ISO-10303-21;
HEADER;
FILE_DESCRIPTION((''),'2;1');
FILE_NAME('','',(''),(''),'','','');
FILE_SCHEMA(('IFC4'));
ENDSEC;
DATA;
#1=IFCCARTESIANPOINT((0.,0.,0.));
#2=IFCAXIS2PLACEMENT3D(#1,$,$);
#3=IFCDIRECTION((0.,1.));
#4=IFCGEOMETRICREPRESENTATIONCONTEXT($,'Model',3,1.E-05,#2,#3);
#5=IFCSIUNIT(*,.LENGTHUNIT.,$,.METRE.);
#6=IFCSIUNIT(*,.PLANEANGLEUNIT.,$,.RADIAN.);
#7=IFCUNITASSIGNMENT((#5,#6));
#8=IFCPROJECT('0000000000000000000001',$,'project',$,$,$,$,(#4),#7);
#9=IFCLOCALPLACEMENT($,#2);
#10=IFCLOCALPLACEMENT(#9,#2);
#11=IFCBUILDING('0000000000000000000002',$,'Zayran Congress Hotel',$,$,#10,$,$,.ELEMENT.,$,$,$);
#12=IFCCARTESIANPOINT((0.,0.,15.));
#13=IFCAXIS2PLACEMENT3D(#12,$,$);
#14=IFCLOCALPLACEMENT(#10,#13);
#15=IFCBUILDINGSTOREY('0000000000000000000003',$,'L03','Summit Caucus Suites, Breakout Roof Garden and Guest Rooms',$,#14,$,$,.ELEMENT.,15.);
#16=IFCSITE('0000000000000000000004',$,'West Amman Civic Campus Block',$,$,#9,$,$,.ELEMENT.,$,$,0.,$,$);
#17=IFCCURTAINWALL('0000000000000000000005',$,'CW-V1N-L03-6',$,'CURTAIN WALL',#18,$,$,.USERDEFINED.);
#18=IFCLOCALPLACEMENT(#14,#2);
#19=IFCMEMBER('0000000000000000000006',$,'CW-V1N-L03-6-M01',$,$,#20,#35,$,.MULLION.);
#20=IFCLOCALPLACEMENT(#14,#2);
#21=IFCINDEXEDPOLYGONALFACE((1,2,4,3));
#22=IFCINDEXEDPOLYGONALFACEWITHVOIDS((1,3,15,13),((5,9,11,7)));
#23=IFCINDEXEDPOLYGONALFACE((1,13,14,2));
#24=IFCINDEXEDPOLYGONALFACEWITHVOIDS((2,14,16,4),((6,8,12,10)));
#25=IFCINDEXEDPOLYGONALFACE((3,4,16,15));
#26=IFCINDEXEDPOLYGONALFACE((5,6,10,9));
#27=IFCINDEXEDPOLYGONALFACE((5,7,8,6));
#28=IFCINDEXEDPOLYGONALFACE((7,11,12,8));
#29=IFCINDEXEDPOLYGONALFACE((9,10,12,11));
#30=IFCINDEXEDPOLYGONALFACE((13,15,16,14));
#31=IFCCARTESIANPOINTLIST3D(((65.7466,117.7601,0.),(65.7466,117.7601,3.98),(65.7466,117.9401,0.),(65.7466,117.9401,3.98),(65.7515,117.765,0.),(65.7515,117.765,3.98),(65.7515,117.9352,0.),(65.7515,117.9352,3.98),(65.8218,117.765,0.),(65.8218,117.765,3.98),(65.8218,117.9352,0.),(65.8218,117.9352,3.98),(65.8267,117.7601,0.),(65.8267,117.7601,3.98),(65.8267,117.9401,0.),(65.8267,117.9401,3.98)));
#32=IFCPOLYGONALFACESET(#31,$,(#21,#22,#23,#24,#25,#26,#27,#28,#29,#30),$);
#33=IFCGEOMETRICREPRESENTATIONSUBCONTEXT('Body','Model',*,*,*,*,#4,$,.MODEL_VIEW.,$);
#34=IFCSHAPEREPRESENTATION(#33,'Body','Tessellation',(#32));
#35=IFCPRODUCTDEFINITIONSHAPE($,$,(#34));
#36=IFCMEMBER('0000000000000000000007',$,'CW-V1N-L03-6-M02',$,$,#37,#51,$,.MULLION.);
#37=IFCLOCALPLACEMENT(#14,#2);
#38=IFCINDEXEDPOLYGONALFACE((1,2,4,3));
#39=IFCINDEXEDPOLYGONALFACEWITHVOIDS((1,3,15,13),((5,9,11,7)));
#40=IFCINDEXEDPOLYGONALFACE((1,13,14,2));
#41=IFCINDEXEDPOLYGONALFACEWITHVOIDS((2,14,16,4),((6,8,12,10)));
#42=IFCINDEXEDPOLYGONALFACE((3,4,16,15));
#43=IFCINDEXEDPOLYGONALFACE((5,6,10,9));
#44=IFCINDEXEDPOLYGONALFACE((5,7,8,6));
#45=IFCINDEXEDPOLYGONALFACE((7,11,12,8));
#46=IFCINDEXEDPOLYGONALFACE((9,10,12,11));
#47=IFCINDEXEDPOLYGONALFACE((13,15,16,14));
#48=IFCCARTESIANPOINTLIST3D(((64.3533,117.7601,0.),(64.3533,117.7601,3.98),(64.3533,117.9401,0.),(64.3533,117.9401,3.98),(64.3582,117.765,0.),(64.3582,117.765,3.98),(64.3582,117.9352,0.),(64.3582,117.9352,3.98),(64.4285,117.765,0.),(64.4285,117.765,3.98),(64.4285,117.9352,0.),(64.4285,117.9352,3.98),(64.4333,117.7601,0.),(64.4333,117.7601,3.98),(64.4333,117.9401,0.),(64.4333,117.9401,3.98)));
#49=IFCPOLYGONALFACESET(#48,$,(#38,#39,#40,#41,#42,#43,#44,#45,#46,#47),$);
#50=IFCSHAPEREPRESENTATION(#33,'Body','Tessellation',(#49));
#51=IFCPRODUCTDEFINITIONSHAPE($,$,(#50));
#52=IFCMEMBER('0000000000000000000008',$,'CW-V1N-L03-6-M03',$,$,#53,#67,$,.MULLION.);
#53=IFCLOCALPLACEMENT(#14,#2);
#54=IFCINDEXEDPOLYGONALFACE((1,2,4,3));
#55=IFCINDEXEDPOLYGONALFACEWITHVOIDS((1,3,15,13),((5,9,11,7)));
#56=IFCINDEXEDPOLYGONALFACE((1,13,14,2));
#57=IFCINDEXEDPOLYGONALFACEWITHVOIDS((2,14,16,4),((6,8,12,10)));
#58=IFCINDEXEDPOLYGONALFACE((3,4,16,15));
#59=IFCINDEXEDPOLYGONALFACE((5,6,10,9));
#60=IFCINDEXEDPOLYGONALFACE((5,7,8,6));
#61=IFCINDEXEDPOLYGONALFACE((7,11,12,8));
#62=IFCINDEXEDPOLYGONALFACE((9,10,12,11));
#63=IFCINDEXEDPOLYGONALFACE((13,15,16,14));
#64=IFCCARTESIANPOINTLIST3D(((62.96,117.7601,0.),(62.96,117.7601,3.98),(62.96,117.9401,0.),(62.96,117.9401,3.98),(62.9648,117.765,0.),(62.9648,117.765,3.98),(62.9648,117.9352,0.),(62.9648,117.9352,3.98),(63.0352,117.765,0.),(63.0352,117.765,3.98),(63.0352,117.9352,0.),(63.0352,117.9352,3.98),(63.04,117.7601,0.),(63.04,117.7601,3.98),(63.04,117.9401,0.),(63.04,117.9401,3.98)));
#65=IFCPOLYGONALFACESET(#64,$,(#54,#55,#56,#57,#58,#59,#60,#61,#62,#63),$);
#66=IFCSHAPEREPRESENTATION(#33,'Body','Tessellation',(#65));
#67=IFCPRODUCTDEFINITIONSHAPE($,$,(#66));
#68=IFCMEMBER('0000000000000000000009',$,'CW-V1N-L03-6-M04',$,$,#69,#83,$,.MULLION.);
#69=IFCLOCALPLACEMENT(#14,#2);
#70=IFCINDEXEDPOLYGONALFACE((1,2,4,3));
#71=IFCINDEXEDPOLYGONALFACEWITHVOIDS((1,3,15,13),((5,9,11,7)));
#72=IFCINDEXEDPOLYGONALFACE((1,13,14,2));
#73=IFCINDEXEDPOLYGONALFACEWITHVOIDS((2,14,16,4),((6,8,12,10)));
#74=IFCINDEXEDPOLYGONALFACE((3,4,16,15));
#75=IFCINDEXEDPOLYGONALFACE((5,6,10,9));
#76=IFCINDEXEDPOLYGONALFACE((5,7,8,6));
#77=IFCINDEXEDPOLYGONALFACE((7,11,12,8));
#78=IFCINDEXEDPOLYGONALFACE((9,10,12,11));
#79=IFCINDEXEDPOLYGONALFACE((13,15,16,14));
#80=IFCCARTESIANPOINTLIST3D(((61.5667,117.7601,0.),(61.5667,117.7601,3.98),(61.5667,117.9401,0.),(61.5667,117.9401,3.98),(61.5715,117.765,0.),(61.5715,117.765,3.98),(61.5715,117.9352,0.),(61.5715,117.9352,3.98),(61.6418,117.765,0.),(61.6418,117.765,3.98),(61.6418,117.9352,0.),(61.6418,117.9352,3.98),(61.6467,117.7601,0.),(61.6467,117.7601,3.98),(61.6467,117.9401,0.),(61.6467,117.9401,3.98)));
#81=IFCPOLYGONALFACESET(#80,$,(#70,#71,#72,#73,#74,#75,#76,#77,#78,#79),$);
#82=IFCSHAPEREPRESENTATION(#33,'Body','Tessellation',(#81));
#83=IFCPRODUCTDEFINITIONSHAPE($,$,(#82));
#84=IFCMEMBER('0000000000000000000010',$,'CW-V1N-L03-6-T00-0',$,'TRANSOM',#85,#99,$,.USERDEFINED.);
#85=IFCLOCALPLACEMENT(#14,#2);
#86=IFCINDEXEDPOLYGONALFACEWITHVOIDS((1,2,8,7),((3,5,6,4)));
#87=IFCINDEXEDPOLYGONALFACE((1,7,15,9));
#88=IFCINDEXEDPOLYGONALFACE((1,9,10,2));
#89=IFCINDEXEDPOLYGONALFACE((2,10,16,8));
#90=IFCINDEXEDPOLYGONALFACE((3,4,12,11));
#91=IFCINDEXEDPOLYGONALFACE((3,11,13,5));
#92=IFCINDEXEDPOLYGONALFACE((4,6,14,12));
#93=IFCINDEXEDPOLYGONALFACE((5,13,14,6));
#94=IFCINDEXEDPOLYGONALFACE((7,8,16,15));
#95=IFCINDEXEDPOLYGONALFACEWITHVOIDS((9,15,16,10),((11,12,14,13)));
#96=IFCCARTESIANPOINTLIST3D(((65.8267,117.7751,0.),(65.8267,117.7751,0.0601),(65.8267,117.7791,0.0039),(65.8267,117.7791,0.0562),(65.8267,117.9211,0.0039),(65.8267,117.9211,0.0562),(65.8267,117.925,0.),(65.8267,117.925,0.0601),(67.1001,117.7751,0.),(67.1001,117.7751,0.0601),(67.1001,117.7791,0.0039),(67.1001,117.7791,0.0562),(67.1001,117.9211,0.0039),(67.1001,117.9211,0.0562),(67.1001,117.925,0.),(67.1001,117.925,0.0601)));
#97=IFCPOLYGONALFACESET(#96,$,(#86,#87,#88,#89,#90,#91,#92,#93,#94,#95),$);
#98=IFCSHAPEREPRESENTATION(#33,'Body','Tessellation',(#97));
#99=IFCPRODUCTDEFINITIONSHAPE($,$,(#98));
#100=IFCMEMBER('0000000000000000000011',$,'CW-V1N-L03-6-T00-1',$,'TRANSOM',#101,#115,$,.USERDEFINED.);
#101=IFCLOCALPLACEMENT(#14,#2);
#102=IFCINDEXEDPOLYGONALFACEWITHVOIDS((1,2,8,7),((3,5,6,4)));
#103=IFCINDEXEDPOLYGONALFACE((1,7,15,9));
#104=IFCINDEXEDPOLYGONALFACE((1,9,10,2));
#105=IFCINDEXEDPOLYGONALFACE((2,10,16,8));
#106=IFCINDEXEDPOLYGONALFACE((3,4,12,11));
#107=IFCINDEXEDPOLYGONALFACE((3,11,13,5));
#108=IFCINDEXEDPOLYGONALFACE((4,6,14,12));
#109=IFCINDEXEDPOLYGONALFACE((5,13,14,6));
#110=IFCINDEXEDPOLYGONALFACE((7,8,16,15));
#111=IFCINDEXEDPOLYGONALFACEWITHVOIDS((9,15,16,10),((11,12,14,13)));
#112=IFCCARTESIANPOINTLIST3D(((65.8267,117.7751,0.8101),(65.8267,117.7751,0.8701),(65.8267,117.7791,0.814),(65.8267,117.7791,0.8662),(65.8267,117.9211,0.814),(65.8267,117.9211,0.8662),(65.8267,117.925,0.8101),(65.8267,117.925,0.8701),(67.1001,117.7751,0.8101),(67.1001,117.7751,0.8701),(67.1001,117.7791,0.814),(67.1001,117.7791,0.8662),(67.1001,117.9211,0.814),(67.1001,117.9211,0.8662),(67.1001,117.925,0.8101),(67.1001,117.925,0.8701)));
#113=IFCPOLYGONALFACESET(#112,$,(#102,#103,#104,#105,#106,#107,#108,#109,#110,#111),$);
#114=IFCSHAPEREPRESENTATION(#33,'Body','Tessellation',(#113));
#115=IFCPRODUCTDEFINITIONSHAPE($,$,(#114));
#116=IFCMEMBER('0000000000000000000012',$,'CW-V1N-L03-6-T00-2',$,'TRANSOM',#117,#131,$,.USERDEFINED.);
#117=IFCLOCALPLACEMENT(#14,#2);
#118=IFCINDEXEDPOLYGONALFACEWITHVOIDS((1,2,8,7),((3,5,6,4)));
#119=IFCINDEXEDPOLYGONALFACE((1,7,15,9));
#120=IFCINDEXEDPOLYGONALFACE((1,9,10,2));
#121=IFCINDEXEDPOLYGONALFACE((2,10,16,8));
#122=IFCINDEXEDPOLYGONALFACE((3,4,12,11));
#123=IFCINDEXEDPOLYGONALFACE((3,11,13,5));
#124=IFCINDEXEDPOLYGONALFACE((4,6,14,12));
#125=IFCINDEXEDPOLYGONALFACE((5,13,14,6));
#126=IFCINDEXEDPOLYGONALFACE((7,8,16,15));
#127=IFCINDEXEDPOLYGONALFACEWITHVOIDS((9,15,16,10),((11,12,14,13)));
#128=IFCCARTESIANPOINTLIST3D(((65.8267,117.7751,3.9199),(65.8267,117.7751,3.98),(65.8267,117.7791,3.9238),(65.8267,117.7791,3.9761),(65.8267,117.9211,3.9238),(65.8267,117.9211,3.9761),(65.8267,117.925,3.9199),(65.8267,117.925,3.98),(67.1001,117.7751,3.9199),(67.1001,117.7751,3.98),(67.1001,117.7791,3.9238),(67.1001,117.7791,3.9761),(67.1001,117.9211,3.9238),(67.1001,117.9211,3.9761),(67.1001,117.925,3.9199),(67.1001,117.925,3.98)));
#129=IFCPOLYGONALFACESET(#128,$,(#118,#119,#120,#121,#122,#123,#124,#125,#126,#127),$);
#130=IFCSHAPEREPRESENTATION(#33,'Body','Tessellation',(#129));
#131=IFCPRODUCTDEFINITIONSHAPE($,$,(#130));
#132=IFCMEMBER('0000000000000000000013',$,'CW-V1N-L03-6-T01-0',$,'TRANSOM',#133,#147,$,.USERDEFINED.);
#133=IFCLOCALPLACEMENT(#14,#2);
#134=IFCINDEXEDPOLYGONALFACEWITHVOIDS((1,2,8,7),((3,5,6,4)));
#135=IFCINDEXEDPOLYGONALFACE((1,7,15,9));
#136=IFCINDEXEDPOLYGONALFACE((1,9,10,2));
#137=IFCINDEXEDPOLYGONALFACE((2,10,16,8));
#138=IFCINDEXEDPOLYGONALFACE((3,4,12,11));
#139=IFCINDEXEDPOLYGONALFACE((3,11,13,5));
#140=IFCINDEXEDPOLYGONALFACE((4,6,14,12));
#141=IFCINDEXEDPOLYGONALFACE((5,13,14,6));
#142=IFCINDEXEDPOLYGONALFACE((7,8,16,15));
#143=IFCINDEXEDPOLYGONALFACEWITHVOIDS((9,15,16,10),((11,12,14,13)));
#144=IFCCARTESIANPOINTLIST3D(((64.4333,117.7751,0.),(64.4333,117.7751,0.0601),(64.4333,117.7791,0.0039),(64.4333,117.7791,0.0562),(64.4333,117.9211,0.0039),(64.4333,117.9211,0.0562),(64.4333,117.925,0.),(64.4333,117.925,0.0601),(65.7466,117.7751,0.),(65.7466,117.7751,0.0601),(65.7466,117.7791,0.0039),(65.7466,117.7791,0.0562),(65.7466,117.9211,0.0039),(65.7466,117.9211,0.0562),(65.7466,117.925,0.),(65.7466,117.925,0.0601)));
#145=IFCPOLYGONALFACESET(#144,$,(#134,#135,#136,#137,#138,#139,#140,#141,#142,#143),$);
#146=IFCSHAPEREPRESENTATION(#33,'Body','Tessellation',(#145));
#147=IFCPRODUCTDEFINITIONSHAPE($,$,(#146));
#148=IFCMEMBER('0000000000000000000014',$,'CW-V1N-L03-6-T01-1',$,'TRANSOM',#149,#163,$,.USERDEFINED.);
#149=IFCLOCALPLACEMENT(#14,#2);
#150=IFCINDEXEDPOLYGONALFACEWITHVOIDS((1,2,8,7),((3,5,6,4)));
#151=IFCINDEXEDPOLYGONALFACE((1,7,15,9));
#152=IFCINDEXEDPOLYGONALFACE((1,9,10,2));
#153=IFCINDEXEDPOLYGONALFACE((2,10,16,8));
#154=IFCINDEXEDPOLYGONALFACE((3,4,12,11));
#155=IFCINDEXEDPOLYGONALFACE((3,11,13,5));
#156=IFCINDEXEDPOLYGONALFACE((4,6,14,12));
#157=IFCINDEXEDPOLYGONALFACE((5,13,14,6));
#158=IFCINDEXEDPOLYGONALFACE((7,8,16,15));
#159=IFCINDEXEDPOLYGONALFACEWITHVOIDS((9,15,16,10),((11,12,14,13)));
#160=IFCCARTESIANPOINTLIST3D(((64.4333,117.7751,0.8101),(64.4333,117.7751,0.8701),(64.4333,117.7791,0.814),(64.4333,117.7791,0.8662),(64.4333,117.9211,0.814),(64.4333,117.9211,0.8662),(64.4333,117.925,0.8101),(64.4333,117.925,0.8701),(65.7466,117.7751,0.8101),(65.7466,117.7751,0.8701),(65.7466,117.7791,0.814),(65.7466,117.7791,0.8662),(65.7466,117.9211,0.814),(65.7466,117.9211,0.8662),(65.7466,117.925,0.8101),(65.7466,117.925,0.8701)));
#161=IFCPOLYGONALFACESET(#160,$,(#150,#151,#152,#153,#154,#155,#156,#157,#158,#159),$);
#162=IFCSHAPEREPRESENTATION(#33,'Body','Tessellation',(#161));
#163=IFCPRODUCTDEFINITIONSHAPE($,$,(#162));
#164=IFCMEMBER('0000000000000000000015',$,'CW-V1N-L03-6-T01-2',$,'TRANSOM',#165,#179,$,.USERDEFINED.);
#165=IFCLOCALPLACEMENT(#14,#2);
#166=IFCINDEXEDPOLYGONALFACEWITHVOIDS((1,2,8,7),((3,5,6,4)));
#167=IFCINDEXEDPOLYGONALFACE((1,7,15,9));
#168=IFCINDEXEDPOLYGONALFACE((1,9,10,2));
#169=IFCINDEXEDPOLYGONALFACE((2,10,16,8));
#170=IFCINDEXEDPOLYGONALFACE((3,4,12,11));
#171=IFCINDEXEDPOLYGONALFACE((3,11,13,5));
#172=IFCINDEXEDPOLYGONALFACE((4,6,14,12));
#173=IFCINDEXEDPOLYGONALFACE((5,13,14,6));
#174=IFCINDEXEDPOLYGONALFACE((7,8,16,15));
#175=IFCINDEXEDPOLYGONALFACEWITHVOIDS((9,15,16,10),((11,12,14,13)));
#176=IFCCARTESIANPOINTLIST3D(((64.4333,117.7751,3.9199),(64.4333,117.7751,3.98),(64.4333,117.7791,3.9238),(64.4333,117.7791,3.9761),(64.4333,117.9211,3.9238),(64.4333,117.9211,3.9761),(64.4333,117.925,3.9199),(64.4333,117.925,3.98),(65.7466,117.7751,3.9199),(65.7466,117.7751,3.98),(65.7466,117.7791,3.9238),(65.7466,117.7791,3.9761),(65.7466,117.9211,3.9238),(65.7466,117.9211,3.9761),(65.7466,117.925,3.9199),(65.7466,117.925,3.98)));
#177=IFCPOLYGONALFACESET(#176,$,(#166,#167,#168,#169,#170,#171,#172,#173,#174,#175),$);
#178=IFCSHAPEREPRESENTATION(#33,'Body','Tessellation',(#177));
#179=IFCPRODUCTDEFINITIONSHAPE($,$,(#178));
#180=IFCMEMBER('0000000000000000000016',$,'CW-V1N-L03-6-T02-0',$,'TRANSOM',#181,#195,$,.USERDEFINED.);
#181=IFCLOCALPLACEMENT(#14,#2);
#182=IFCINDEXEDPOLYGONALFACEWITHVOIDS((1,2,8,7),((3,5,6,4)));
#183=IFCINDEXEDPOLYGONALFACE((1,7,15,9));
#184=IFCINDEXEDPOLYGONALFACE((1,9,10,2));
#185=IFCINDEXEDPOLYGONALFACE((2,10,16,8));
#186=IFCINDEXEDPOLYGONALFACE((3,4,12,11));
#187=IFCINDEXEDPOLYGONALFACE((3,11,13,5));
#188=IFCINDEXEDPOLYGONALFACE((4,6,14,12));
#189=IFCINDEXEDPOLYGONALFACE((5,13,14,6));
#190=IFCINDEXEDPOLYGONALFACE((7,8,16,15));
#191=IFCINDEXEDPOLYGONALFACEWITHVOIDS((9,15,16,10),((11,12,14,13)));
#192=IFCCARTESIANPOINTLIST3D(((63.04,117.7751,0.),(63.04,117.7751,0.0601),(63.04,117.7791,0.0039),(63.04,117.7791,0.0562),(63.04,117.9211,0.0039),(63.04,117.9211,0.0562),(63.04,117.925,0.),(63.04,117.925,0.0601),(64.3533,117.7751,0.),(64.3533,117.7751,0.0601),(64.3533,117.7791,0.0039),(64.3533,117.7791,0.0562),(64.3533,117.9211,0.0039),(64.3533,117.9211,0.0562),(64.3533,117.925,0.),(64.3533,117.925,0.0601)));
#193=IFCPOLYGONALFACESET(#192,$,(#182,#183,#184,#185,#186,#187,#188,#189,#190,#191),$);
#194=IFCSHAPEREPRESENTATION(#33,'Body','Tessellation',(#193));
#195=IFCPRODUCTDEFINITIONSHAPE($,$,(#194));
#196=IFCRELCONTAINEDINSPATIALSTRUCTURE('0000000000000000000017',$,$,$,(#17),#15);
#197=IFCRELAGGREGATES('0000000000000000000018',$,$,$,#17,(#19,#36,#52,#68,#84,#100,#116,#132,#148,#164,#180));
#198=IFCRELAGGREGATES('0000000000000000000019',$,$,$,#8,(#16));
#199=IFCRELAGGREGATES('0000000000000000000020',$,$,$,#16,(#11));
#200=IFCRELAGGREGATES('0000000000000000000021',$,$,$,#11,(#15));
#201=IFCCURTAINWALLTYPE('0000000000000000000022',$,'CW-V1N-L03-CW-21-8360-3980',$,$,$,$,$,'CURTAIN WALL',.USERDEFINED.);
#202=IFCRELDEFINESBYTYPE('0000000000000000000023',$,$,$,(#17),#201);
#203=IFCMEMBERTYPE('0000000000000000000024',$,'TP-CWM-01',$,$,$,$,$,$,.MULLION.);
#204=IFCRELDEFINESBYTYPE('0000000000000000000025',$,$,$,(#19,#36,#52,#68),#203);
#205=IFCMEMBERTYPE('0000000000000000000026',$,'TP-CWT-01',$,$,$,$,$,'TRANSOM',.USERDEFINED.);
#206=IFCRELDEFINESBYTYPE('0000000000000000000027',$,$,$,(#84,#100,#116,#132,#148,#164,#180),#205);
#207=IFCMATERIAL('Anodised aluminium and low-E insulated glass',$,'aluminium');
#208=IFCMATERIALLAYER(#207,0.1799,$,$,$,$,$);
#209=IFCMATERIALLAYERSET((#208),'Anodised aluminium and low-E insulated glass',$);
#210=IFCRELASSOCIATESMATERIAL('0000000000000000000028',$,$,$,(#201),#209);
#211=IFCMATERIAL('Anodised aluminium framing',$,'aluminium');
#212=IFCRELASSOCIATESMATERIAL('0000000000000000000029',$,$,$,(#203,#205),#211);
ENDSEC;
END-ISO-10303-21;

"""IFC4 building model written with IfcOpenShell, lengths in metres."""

from ifc_helpers import new_model, si_unit, direction, frame, origin, origin_2d, place, context, subcontext, project, spatial, hollow_rectangle, extrude, material, layer, layer_set, material_profile, profile_set, type_object, element, aggregate, save


model = new_model("IFC4")

# Units and contexts
model_context = context("Model", 3, precision=1e-05, world=origin(), true_north=direction((0.0, 1.0)))
body_context = subcontext(model_context, "Body", "Model", "MODEL_VIEW")
ifc_project = project(units=[si_unit("LENGTHUNIT", "METRE"), si_unit("PLANEANGLEUNIT", "RADIAN")], contexts=[model_context])

# Site, building, storey
site_placement = place(None, origin())
site = spatial("IfcSite", under=ifc_project, at=site_placement, Name="West Amman Civic Campus Block", CompositionType="ELEMENT", RefElevation=0.0)
building_placement = place(site_placement, origin())
building = spatial("IfcBuilding", under=site, at=building_placement, Name="Zayran Congress Hotel", CompositionType="ELEMENT")
storey_placement = place(building_placement, frame((0.0, 0.0, 15.0)))
storey = spatial("IfcBuildingStorey", under=building, at=storey_placement, Name="L03", Description="Summit Caucus Suites, Breakout Roof Garden and Guest Rooms", CompositionType="ELEMENT", Elevation=15.0)

# Curtain wall, members
ifc_material_1 = material(Name="Anodised aluminium and low-E insulated glass", Category="aluminium")
ifc_layer_1 = layer(ifc_material_1, 0.1799)
ifc_layer_set_1 = layer_set([ifc_layer_1], Name="Anodised aluminium and low-E insulated glass")
curtain_wall_type = type_object("IfcCurtainWallType", Name="CW-V1N-L03-CW-21-8360-3980", ElementType="CURTAIN WALL", PredefinedType="USERDEFINED", material=ifc_layer_set_1)
curtain_wall_placement = place(storey_placement, origin())
curtain_wall = element("IfcCurtainWall", 1, at=curtain_wall_placement, inside=storey, type_object=curtain_wall_type, Name="CW-V1N-L03-6", ObjectType="CURTAIN WALL", PredefinedType="USERDEFINED")
ifc_material_2 = material(Name="Anodised aluminium framing", Category="aluminium")
ifc_material_profile_1 = material_profile(ifc_material_2, hollow_rectangle(XDim=0.0801, YDim=0.1799, WallThickness=0.0049, at=origin_2d()), Name="RHS 180x80x5")
ifc_profile_set_1 = profile_set([ifc_material_profile_1], Name="Anodised aluminium framing")
member_type_1 = type_object("IfcMemberType", Name="TP-CWM-01", PredefinedType="MULLION", material=ifc_profile_set_1)
member_1_placement = place(storey_placement, frame((65.7866, 117.8501, 0.0), z_axis=(0.0, 0.0, 1.0), x_axis=(1.0, 0.0, 0.0)))
member_1 = element("IfcMember", 2, at=member_1_placement, type_object=member_type_1, Name="CW-V1N-L03-6-M01", PredefinedType="MULLION", context=body_context, shape_type="SweptSolid", body=[
    extrude(hollow_rectangle(XDim=0.0801, YDim=0.1799, WallThickness=0.0049, at=origin_2d()), origin(), (0.0, 0.0, 1.0), 3.98),
])
member_2_placement = place(storey_placement, frame((64.3933, 117.8501, 0.0), z_axis=(0.0, 0.0, 1.0), x_axis=(1.0, 0.0, 0.0)))
member_2 = element("IfcMember", 3, at=member_2_placement, type_object=member_type_1, Name="CW-V1N-L03-6-M02", PredefinedType="MULLION", context=body_context, shape_type="SweptSolid", body=[
    extrude(hollow_rectangle(XDim=0.0801, YDim=0.1799, WallThickness=0.0049, at=origin_2d()), origin(), (0.0, 0.0, 1.0), 3.98),
])
member_3_placement = place(storey_placement, frame((63.0, 117.8501, 0.0), z_axis=(0.0, 0.0, 1.0), x_axis=(1.0, 0.0, 0.0)))
member_3 = element("IfcMember", 4, at=member_3_placement, type_object=member_type_1, Name="CW-V1N-L03-6-M03", PredefinedType="MULLION", context=body_context, shape_type="SweptSolid", body=[
    extrude(hollow_rectangle(XDim=0.0801, YDim=0.1799, WallThickness=0.0049, at=origin_2d()), origin(), (0.0, 0.0, 1.0), 3.98),
])
member_4_placement = place(storey_placement, frame((61.6067, 117.8501, 0.0), z_axis=(0.0, 0.0, 1.0), x_axis=(1.0, 0.0, 0.0)))
member_4 = element("IfcMember", 5, at=member_4_placement, type_object=member_type_1, Name="CW-V1N-L03-6-M04", PredefinedType="MULLION", context=body_context, shape_type="SweptSolid", body=[
    extrude(hollow_rectangle(XDim=0.0801, YDim=0.1799, WallThickness=0.0049, at=origin_2d()), origin(), (0.0, 0.0, 1.0), 3.98),
])
ifc_material_profile_2 = material_profile(ifc_material_2, hollow_rectangle(XDim=0.0601, YDim=0.1499, WallThickness=0.0039, at=origin_2d()), Name="RHS 150x60x4")
ifc_profile_set_2 = profile_set([ifc_material_profile_2], Name="Anodised aluminium framing")
member_type_2 = type_object("IfcMemberType", Name="TP-CWT-01", ElementType="TRANSOM", PredefinedType="USERDEFINED", material=ifc_profile_set_2)
member_5_placement = place(storey_placement, frame((67.1001, 117.8501, 0.03), z_axis=(-1.0, 0.0, 0.0), x_axis=(0.0, 0.0, 1.0)))
member_5 = element("IfcMember", 6, at=member_5_placement, type_object=member_type_2, Name="CW-V1N-L03-6-T00-0", ObjectType="TRANSOM", PredefinedType="USERDEFINED", context=body_context, shape_type="SweptSolid", body=[
    extrude(hollow_rectangle(XDim=0.0601, YDim=0.1499, WallThickness=0.0039, at=origin_2d()), origin(), (0.0, 0.0, 1.0), 1.2734),
])
member_6_placement = place(storey_placement, frame((67.1001, 117.8501, 0.8401), z_axis=(-1.0, 0.0, 0.0), x_axis=(0.0, 0.0, 1.0)))
member_6 = element("IfcMember", 7, at=member_6_placement, type_object=member_type_2, Name="CW-V1N-L03-6-T00-1", ObjectType="TRANSOM", PredefinedType="USERDEFINED", context=body_context, shape_type="SweptSolid", body=[
    extrude(hollow_rectangle(XDim=0.0601, YDim=0.1499, WallThickness=0.0039, at=origin_2d()), origin(), (0.0, 0.0, 1.0), 1.2734),
])
member_7_placement = place(storey_placement, frame((67.1001, 117.8501, 3.95), z_axis=(-1.0, 0.0, 0.0), x_axis=(0.0, 0.0, 1.0)))
member_7 = element("IfcMember", 8, at=member_7_placement, type_object=member_type_2, Name="CW-V1N-L03-6-T00-2", ObjectType="TRANSOM", PredefinedType="USERDEFINED", context=body_context, shape_type="SweptSolid", body=[
    extrude(hollow_rectangle(XDim=0.0601, YDim=0.1499, WallThickness=0.0039, at=origin_2d()), origin(), (0.0, 0.0, 1.0), 1.2734),
])
member_8_placement = place(storey_placement, frame((65.7466, 117.8501, 0.03), z_axis=(-1.0, 0.0, 0.0), x_axis=(0.0, 0.0, 1.0)))
member_8 = element("IfcMember", 9, at=member_8_placement, type_object=member_type_2, Name="CW-V1N-L03-6-T01-0", ObjectType="TRANSOM", PredefinedType="USERDEFINED", context=body_context, shape_type="SweptSolid", body=[
    extrude(hollow_rectangle(XDim=0.0601, YDim=0.1499, WallThickness=0.0039, at=origin_2d()), origin(), (0.0, 0.0, 1.0), 1.3132),
])
member_9_placement = place(storey_placement, frame((65.7466, 117.8501, 0.8401), z_axis=(-1.0, 0.0, 0.0), x_axis=(0.0, 0.0, 1.0)))
member_9 = element("IfcMember", 10, at=member_9_placement, type_object=member_type_2, Name="CW-V1N-L03-6-T01-1", ObjectType="TRANSOM", PredefinedType="USERDEFINED", context=body_context, shape_type="SweptSolid", body=[
    extrude(hollow_rectangle(XDim=0.0601, YDim=0.1499, WallThickness=0.0039, at=origin_2d()), origin(), (0.0, 0.0, 1.0), 1.3132),
])
member_10_placement = place(storey_placement, frame((65.7466, 117.8501, 3.95), z_axis=(-1.0, 0.0, 0.0), x_axis=(0.0, 0.0, 1.0)))
member_10 = element("IfcMember", 11, at=member_10_placement, type_object=member_type_2, Name="CW-V1N-L03-6-T01-2", ObjectType="TRANSOM", PredefinedType="USERDEFINED", context=body_context, shape_type="SweptSolid", body=[
    extrude(hollow_rectangle(XDim=0.0601, YDim=0.1499, WallThickness=0.0039, at=origin_2d()), origin(), (0.0, 0.0, 1.0), 1.3132),
])
member_11_placement = place(storey_placement, frame((64.3533, 117.8501, 0.03), z_axis=(-1.0, 0.0, 0.0), x_axis=(0.0, 0.0, 1.0)))
member_11 = element("IfcMember", 12, at=member_11_placement, type_object=member_type_2, Name="CW-V1N-L03-6-T02-0", ObjectType="TRANSOM", PredefinedType="USERDEFINED", context=body_context, shape_type="SweptSolid", body=[
    extrude(hollow_rectangle(XDim=0.0601, YDim=0.1499, WallThickness=0.0039, at=origin_2d()), origin(), (0.0, 0.0, 1.0), 1.3132),
])
aggregate(curtain_wall, [member_1, member_2, member_3, member_4, member_5, member_6, member_7, member_8, member_9, member_10, member_11])

save(model, "model.ifc")
